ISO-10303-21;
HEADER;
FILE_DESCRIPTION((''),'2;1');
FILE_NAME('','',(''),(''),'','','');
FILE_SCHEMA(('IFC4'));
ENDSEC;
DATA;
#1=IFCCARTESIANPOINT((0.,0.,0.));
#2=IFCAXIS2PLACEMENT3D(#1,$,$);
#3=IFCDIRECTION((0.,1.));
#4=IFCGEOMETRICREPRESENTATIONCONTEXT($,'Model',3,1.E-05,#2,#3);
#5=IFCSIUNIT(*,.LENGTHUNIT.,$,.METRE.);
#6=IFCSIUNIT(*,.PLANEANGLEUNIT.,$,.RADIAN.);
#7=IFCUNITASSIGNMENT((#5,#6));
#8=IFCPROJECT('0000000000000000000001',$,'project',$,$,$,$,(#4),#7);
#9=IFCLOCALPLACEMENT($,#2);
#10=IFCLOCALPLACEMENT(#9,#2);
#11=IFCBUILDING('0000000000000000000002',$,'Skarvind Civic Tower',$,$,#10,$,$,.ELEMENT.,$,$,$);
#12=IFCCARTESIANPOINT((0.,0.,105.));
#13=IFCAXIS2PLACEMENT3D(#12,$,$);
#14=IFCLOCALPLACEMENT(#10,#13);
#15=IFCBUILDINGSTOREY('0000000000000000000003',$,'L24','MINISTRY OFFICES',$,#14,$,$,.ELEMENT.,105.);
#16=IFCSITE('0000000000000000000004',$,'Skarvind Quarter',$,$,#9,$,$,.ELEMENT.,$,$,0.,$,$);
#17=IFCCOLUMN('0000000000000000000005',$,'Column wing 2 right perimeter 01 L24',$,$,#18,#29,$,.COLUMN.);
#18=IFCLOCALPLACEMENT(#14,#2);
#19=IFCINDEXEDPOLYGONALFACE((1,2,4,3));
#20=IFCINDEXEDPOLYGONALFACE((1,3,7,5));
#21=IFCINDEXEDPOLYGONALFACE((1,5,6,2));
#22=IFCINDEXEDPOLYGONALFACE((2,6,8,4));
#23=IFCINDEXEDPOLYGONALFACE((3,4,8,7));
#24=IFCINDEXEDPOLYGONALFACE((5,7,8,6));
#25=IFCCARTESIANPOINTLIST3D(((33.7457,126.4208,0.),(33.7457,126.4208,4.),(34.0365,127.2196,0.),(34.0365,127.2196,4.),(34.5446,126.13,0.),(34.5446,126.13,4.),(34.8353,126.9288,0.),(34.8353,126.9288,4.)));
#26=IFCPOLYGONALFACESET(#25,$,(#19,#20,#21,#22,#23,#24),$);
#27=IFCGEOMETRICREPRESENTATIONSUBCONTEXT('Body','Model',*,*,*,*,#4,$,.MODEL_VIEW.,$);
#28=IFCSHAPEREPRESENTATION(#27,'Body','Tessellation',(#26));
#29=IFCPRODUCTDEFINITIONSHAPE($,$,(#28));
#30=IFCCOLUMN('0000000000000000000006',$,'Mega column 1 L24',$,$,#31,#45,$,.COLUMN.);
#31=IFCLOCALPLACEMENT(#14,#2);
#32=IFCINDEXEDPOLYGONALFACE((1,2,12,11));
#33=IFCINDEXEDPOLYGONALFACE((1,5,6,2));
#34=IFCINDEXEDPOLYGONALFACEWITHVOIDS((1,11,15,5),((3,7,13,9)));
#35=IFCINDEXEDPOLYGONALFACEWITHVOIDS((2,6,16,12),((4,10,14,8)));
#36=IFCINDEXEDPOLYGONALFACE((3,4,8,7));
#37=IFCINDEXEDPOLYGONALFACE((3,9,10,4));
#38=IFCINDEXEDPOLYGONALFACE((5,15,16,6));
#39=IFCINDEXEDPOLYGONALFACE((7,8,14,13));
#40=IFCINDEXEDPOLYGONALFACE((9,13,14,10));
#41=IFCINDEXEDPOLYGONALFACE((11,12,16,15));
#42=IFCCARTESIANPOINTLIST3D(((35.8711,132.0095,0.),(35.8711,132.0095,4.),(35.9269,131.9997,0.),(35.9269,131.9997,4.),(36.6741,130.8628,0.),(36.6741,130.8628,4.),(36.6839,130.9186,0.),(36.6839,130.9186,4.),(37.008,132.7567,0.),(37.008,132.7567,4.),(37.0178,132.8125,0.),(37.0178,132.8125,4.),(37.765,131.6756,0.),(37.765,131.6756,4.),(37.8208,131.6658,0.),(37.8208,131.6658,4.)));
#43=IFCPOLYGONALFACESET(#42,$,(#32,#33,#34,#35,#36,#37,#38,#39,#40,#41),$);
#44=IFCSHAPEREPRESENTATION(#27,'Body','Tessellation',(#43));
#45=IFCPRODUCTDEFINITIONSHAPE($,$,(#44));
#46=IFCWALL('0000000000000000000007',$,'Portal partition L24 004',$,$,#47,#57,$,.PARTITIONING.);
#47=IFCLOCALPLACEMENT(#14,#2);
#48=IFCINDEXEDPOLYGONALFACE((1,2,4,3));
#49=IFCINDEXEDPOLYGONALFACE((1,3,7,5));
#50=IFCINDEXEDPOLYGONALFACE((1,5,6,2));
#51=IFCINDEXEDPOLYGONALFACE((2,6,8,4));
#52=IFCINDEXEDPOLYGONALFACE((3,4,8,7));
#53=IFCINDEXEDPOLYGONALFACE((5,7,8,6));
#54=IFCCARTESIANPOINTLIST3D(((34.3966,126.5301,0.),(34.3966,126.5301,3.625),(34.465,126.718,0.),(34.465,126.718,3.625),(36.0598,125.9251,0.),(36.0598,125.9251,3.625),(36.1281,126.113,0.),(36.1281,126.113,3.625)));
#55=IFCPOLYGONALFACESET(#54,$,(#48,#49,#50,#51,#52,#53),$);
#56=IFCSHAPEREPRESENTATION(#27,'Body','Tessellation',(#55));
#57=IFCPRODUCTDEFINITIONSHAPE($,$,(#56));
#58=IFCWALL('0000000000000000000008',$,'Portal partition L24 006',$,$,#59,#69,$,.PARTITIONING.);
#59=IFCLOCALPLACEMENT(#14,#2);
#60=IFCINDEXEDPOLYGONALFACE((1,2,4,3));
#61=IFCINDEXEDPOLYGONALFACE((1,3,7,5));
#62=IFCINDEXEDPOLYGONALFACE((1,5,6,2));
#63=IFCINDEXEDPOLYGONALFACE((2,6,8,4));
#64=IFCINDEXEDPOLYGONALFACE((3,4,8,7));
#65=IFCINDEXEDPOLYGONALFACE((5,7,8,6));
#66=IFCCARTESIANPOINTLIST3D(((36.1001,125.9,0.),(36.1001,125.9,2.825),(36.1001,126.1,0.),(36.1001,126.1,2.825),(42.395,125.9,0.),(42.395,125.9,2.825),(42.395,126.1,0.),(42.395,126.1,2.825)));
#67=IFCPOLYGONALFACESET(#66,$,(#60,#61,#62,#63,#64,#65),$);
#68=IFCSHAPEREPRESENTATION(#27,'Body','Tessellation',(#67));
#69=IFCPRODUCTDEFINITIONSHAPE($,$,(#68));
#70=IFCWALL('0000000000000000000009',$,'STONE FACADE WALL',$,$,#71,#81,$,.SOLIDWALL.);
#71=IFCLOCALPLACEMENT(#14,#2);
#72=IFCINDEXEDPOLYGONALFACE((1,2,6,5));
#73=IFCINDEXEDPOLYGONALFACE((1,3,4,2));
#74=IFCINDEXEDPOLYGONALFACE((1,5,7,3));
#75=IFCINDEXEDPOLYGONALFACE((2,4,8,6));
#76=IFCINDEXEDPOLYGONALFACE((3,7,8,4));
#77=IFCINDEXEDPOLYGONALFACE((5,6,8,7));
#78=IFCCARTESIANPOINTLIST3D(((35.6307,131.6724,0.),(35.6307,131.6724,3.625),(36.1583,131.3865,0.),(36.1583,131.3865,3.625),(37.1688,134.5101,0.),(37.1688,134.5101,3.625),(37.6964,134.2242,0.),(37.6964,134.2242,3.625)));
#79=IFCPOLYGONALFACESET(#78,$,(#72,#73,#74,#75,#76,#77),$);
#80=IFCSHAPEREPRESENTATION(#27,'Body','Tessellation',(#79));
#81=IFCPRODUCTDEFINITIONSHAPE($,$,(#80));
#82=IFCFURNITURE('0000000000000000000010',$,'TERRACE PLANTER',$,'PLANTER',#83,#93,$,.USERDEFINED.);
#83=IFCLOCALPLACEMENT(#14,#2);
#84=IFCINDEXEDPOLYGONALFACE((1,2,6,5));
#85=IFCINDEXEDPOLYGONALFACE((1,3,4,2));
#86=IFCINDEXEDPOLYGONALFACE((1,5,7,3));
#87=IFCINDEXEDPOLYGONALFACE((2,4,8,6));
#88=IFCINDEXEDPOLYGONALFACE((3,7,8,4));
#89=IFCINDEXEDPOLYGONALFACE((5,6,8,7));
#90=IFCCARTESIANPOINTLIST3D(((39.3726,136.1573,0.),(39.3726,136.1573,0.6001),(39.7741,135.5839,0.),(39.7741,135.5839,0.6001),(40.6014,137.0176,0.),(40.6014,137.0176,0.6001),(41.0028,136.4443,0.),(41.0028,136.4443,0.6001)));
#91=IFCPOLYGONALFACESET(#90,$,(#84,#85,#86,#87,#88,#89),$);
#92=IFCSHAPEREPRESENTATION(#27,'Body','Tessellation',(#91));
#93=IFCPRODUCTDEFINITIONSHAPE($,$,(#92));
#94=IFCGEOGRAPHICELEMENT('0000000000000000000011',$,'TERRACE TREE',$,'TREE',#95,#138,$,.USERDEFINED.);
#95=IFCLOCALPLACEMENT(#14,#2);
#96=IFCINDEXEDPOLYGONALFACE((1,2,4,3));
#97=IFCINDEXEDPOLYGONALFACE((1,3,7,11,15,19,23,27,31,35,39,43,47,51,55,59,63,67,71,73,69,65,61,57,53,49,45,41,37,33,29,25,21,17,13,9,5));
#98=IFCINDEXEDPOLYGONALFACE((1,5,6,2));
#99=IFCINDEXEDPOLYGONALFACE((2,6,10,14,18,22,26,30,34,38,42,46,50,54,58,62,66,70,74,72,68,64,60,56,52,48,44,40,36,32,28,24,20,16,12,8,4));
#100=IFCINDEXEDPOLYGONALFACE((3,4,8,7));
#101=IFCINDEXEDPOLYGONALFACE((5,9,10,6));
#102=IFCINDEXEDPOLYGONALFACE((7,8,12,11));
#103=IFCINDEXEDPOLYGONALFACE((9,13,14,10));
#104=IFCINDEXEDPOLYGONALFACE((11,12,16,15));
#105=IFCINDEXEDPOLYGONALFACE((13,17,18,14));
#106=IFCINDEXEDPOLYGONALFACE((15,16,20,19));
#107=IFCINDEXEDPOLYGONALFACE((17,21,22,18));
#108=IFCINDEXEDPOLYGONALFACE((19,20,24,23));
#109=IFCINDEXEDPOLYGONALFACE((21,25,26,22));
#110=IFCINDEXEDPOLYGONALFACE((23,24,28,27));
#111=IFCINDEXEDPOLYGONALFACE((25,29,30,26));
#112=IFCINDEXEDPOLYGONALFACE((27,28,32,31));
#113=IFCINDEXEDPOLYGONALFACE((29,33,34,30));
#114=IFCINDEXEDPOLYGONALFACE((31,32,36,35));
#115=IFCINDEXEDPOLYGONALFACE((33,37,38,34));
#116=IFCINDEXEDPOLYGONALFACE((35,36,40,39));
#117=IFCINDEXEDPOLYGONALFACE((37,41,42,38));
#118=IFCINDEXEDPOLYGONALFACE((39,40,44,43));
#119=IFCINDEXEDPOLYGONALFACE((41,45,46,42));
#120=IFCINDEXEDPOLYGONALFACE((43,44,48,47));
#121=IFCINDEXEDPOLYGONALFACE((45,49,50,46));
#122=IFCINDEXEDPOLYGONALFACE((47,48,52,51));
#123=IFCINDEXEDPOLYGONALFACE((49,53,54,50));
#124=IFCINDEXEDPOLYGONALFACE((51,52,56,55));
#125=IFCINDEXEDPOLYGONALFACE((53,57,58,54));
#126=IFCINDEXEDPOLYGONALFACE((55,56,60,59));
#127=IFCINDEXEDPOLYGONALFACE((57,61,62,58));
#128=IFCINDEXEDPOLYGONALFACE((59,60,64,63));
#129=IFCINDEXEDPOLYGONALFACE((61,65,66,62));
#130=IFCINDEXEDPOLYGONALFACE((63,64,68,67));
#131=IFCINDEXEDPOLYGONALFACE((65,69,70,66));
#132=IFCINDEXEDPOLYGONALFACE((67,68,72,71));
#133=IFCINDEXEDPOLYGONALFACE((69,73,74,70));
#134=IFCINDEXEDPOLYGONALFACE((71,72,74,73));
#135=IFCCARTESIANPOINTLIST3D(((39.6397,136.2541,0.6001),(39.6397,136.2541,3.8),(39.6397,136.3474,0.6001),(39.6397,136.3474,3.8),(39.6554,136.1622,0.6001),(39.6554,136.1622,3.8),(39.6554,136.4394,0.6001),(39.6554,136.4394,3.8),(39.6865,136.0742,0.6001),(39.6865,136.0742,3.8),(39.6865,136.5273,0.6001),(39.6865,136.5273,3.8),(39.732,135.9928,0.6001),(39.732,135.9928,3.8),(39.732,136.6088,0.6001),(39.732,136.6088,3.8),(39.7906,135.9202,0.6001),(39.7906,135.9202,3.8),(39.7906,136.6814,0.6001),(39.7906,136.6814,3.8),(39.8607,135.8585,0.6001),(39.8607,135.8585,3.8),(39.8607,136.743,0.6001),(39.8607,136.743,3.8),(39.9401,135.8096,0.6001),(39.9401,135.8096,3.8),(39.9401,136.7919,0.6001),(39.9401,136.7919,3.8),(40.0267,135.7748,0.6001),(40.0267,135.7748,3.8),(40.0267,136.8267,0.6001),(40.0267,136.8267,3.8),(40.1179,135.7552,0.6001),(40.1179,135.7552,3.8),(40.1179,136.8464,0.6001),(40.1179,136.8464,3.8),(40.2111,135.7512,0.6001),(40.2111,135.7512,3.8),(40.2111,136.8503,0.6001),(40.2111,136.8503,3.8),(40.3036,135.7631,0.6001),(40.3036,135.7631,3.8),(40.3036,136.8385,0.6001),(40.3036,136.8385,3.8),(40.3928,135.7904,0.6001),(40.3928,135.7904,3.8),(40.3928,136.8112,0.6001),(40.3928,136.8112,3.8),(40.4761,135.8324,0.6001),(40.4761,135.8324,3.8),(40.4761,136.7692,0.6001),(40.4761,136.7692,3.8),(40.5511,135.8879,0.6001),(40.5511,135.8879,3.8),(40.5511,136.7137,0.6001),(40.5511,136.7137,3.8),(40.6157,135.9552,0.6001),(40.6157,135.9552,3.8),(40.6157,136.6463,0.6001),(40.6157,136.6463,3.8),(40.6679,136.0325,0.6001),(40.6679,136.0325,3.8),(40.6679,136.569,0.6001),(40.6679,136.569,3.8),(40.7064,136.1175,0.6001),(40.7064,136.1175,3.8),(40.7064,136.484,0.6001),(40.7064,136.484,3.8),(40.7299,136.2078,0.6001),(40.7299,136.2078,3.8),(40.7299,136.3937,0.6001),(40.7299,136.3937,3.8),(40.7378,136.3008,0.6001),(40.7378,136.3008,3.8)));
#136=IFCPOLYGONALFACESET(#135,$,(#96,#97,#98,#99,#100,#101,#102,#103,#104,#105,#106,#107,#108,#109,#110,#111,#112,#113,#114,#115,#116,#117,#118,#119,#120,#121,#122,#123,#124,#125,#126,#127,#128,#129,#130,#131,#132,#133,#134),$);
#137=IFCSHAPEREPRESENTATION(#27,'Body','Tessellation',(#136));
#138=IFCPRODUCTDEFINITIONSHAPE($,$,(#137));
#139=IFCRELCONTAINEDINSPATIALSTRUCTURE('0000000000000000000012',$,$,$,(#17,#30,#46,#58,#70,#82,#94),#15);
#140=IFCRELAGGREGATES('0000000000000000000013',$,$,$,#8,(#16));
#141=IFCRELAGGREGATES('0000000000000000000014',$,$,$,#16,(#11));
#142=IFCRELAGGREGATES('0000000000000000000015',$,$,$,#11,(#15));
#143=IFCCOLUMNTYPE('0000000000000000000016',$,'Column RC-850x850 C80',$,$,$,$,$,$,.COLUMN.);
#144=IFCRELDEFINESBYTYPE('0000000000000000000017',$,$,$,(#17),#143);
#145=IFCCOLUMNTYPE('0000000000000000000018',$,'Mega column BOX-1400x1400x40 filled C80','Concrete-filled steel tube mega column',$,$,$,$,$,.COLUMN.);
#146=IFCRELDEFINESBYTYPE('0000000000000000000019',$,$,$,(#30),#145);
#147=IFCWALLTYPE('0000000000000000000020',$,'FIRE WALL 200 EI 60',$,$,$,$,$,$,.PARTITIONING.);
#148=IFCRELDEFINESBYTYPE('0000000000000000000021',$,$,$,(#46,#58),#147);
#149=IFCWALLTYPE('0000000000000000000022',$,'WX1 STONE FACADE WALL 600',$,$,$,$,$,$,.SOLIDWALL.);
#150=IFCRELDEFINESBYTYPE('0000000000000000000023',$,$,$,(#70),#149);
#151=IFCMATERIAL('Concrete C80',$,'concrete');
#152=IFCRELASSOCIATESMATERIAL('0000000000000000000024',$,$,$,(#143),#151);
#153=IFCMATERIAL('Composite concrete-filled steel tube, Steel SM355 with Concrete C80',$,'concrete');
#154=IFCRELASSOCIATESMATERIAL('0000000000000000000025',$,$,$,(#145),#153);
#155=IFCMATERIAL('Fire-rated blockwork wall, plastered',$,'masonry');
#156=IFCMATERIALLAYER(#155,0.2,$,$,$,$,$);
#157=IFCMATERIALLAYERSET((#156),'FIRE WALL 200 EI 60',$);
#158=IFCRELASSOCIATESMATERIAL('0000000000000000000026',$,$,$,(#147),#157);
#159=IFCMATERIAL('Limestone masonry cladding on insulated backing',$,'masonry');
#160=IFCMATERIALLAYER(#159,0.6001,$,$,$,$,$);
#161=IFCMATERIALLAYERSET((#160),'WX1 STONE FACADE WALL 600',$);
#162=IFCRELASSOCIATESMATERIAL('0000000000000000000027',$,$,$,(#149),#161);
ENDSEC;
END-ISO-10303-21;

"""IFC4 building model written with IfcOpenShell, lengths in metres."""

from ifc_helpers import new_model, si_unit, direction, frame, frame_2d, origin, origin_2d, place, context, subcontext, project, spatial, rectangle, hollow_rectangle, circle, extrude, material, layer, layer_set, material_profile, profile_set, type_object, element, save


model = new_model("IFC4")

# Units and contexts
model_context = context("Model", 3, precision=1e-05, world=origin(), true_north=direction((0.0, 1.0)))
body_context = subcontext(model_context, "Body", "Model", "MODEL_VIEW")
ifc_project = project(units=[si_unit("LENGTHUNIT", "METRE"), si_unit("PLANEANGLEUNIT", "RADIAN")], contexts=[model_context])

# Site, building, storey
site_placement = place(None, origin())
site = spatial("IfcSite", under=ifc_project, at=site_placement, Name="Skarvind Quarter", CompositionType="ELEMENT", RefElevation=0.0)
building_placement = place(site_placement, origin())
building = spatial("IfcBuilding", under=site, at=building_placement, Name="Skarvind Civic Tower", CompositionType="ELEMENT")
storey_placement = place(building_placement, frame((0.0, 0.0, 105.0)))
storey = spatial("IfcBuildingStorey", under=building, at=storey_placement, Name="L24", Description="MINISTRY OFFICES", CompositionType="ELEMENT", Elevation=105.0)

# Columns
ifc_material_1 = material(Name="Concrete C80", Category="concrete")
ifc_material_profile_1 = material_profile(ifc_material_1, rectangle(XDim=0.8501, YDim=0.8501, at=origin_2d()), Name="RC-850x850")
ifc_profile_set_1 = profile_set([ifc_material_profile_1], Name="Concrete C80")
column_type_1 = type_object("IfcColumnType", Name="Column RC-850x850 C80", PredefinedType="COLUMN", material=ifc_profile_set_1)
column_1_placement = place(storey_placement, frame((34.2905, 126.6748, 0.0), z_axis=(0.0, 0.0, 1.0), x_axis=(-0.34202, -0.939693, 0.0)))
element("IfcColumn", 1, at=column_1_placement, inside=storey, type_object=column_type_1, Name="Column wing 2 right perimeter 01 L24", PredefinedType="COLUMN", context=body_context, shape_type="SweptSolid", body=[
    extrude(rectangle(XDim=0.8501, YDim=0.8501, at=origin_2d()), origin(), (0.0, 0.0, 1.0), 4.0),
])
ifc_material_2 = material(Name="Composite concrete-filled steel tube, Steel SM355 with Concrete C80", Category="concrete")
ifc_material_profile_2 = material_profile(ifc_material_2, hollow_rectangle(XDim=1.3999, YDim=1.3999, WallThickness=0.04, at=origin_2d()), Name="BOX-1400x1400x40")
ifc_profile_set_2 = profile_set([ifc_material_profile_2], Name="Composite concrete-filled steel tube, Steel SM355 with Concrete C80")
column_type_2 = type_object("IfcColumnType", Name="Mega column BOX-1400x1400x40 filled C80", Description="Concrete-filled steel tube mega column", PredefinedType="COLUMN", material=ifc_profile_set_2)
column_2_placement = place(storey_placement, frame((36.8459, 131.8376, 0.0), z_axis=(0.0, 0.0, 1.0), x_axis=(0.573576, -0.819152, 0.0)))
element("IfcColumn", 2, at=column_2_placement, inside=storey, type_object=column_type_2, Name="Mega column 1 L24", PredefinedType="COLUMN", context=body_context, shape_type="SweptSolid", body=[
    extrude(hollow_rectangle(XDim=1.3999, YDim=1.3999, WallThickness=0.04, at=origin_2d()), origin(), (0.0, 0.0, 1.0), 4.0),
])

# Walls
ifc_material_3 = material(Name="Fire-rated blockwork wall, plastered", Category="masonry")
ifc_layer_1 = layer(ifc_material_3, 0.2)
ifc_layer_set_1 = layer_set([ifc_layer_1], Name="FIRE WALL 200 EI 60")
wall_type_1 = type_object("IfcWallType", Name="FIRE WALL 200 EI 60", PredefinedType="PARTITIONING", material=ifc_layer_set_1)
wall_1_placement = place(storey_placement, frame((34.4309, 126.624, 0.0), z_axis=(0.0, 0.0, 1.0), x_axis=(0.939753, -0.341854, 0.0)))
element("IfcWall", 3, at=wall_1_placement, inside=storey, type_object=wall_type_1, Name="Portal partition L24 004", PredefinedType="PARTITIONING", context=body_context, shape_type="SweptSolid", body=[
    extrude(rectangle(XDim=1.7698, YDim=0.2, at=frame_2d((0.8848, 0.0))), origin(), (0.0, 0.0, 1.0), 3.625),
])
wall_2_placement = place(storey_placement, frame((36.1001, 126.0, 0.0), z_axis=(0.0, 0.0, 1.0), x_axis=(1.0, 0.0, 0.0)))
element("IfcWall", 4, at=wall_2_placement, inside=storey, type_object=wall_type_1, Name="Portal partition L24 006", PredefinedType="PARTITIONING", context=body_context, shape_type="SweptSolid", body=[
    extrude(rectangle(XDim=6.2949, YDim=0.2, at=frame_2d((3.1475, 0.0))), origin(), (0.0, 0.0, 1.0), 2.825),
])

# Shared definitions
ifc_material_4 = material(Name="Limestone masonry cladding on insulated backing", Category="masonry")
ifc_layer_2 = layer(ifc_material_4, 0.6001)
ifc_layer_set_2 = layer_set([ifc_layer_2], Name="WX1 STONE FACADE WALL 600")
wall_type_2 = type_object("IfcWallType", Name="WX1 STONE FACADE WALL 600", PredefinedType="SOLIDWALL", material=ifc_layer_set_2)

# Wall
wall_3_placement = place(storey_placement, frame((35.8945, 131.5295, 0.0), z_axis=(0.0, 0.0, 1.0), x_axis=(0.476529, 0.879159, 0.0)))
element("IfcWall", 5, at=wall_3_placement, inside=storey, type_object=wall_type_2, Name="STONE FACADE WALL", PredefinedType="SOLIDWALL", context=body_context, shape_type="SweptSolid", body=[
    extrude(rectangle(XDim=3.2278, YDim=0.6001, at=frame_2d((1.6138, 0.0))), origin(), (0.0, 0.0, 1.0), 3.625),
])

# Furniture
furniture_placement = place(storey_placement, frame((40.1877, 136.3008, 0.0), z_axis=(0.0, 0.0, 1.0), x_axis=(0.819152, 0.573576, 0.0)))
element("IfcFurniture", 6, at=furniture_placement, inside=storey, Name="TERRACE PLANTER", ObjectType="PLANTER", PredefinedType="USERDEFINED", context=body_context, shape_type="SweptSolid", body=[
    extrude(rectangle(XDim=1.5, YDim=0.7, at=origin_2d()), origin(), (0.0, 0.0, 1.0), 0.6001),
])

# Geographic element
geographic_element_placement = place(storey_placement, frame((40.1877, 136.3008, 0.6001), z_axis=(0.0, 0.0, 1.0), x_axis=(1.0, 0.0, 0.0)))
element("IfcGeographicElement", 7, at=geographic_element_placement, inside=storey, Name="TERRACE TREE", ObjectType="TREE", PredefinedType="USERDEFINED", context=body_context, shape_type="SweptSolid", body=[
    extrude(circle(Radius=0.55, at=origin_2d()), origin(), (0.0, 0.0, 1.0), 3.2),
])

save(model, "model.ifc")
